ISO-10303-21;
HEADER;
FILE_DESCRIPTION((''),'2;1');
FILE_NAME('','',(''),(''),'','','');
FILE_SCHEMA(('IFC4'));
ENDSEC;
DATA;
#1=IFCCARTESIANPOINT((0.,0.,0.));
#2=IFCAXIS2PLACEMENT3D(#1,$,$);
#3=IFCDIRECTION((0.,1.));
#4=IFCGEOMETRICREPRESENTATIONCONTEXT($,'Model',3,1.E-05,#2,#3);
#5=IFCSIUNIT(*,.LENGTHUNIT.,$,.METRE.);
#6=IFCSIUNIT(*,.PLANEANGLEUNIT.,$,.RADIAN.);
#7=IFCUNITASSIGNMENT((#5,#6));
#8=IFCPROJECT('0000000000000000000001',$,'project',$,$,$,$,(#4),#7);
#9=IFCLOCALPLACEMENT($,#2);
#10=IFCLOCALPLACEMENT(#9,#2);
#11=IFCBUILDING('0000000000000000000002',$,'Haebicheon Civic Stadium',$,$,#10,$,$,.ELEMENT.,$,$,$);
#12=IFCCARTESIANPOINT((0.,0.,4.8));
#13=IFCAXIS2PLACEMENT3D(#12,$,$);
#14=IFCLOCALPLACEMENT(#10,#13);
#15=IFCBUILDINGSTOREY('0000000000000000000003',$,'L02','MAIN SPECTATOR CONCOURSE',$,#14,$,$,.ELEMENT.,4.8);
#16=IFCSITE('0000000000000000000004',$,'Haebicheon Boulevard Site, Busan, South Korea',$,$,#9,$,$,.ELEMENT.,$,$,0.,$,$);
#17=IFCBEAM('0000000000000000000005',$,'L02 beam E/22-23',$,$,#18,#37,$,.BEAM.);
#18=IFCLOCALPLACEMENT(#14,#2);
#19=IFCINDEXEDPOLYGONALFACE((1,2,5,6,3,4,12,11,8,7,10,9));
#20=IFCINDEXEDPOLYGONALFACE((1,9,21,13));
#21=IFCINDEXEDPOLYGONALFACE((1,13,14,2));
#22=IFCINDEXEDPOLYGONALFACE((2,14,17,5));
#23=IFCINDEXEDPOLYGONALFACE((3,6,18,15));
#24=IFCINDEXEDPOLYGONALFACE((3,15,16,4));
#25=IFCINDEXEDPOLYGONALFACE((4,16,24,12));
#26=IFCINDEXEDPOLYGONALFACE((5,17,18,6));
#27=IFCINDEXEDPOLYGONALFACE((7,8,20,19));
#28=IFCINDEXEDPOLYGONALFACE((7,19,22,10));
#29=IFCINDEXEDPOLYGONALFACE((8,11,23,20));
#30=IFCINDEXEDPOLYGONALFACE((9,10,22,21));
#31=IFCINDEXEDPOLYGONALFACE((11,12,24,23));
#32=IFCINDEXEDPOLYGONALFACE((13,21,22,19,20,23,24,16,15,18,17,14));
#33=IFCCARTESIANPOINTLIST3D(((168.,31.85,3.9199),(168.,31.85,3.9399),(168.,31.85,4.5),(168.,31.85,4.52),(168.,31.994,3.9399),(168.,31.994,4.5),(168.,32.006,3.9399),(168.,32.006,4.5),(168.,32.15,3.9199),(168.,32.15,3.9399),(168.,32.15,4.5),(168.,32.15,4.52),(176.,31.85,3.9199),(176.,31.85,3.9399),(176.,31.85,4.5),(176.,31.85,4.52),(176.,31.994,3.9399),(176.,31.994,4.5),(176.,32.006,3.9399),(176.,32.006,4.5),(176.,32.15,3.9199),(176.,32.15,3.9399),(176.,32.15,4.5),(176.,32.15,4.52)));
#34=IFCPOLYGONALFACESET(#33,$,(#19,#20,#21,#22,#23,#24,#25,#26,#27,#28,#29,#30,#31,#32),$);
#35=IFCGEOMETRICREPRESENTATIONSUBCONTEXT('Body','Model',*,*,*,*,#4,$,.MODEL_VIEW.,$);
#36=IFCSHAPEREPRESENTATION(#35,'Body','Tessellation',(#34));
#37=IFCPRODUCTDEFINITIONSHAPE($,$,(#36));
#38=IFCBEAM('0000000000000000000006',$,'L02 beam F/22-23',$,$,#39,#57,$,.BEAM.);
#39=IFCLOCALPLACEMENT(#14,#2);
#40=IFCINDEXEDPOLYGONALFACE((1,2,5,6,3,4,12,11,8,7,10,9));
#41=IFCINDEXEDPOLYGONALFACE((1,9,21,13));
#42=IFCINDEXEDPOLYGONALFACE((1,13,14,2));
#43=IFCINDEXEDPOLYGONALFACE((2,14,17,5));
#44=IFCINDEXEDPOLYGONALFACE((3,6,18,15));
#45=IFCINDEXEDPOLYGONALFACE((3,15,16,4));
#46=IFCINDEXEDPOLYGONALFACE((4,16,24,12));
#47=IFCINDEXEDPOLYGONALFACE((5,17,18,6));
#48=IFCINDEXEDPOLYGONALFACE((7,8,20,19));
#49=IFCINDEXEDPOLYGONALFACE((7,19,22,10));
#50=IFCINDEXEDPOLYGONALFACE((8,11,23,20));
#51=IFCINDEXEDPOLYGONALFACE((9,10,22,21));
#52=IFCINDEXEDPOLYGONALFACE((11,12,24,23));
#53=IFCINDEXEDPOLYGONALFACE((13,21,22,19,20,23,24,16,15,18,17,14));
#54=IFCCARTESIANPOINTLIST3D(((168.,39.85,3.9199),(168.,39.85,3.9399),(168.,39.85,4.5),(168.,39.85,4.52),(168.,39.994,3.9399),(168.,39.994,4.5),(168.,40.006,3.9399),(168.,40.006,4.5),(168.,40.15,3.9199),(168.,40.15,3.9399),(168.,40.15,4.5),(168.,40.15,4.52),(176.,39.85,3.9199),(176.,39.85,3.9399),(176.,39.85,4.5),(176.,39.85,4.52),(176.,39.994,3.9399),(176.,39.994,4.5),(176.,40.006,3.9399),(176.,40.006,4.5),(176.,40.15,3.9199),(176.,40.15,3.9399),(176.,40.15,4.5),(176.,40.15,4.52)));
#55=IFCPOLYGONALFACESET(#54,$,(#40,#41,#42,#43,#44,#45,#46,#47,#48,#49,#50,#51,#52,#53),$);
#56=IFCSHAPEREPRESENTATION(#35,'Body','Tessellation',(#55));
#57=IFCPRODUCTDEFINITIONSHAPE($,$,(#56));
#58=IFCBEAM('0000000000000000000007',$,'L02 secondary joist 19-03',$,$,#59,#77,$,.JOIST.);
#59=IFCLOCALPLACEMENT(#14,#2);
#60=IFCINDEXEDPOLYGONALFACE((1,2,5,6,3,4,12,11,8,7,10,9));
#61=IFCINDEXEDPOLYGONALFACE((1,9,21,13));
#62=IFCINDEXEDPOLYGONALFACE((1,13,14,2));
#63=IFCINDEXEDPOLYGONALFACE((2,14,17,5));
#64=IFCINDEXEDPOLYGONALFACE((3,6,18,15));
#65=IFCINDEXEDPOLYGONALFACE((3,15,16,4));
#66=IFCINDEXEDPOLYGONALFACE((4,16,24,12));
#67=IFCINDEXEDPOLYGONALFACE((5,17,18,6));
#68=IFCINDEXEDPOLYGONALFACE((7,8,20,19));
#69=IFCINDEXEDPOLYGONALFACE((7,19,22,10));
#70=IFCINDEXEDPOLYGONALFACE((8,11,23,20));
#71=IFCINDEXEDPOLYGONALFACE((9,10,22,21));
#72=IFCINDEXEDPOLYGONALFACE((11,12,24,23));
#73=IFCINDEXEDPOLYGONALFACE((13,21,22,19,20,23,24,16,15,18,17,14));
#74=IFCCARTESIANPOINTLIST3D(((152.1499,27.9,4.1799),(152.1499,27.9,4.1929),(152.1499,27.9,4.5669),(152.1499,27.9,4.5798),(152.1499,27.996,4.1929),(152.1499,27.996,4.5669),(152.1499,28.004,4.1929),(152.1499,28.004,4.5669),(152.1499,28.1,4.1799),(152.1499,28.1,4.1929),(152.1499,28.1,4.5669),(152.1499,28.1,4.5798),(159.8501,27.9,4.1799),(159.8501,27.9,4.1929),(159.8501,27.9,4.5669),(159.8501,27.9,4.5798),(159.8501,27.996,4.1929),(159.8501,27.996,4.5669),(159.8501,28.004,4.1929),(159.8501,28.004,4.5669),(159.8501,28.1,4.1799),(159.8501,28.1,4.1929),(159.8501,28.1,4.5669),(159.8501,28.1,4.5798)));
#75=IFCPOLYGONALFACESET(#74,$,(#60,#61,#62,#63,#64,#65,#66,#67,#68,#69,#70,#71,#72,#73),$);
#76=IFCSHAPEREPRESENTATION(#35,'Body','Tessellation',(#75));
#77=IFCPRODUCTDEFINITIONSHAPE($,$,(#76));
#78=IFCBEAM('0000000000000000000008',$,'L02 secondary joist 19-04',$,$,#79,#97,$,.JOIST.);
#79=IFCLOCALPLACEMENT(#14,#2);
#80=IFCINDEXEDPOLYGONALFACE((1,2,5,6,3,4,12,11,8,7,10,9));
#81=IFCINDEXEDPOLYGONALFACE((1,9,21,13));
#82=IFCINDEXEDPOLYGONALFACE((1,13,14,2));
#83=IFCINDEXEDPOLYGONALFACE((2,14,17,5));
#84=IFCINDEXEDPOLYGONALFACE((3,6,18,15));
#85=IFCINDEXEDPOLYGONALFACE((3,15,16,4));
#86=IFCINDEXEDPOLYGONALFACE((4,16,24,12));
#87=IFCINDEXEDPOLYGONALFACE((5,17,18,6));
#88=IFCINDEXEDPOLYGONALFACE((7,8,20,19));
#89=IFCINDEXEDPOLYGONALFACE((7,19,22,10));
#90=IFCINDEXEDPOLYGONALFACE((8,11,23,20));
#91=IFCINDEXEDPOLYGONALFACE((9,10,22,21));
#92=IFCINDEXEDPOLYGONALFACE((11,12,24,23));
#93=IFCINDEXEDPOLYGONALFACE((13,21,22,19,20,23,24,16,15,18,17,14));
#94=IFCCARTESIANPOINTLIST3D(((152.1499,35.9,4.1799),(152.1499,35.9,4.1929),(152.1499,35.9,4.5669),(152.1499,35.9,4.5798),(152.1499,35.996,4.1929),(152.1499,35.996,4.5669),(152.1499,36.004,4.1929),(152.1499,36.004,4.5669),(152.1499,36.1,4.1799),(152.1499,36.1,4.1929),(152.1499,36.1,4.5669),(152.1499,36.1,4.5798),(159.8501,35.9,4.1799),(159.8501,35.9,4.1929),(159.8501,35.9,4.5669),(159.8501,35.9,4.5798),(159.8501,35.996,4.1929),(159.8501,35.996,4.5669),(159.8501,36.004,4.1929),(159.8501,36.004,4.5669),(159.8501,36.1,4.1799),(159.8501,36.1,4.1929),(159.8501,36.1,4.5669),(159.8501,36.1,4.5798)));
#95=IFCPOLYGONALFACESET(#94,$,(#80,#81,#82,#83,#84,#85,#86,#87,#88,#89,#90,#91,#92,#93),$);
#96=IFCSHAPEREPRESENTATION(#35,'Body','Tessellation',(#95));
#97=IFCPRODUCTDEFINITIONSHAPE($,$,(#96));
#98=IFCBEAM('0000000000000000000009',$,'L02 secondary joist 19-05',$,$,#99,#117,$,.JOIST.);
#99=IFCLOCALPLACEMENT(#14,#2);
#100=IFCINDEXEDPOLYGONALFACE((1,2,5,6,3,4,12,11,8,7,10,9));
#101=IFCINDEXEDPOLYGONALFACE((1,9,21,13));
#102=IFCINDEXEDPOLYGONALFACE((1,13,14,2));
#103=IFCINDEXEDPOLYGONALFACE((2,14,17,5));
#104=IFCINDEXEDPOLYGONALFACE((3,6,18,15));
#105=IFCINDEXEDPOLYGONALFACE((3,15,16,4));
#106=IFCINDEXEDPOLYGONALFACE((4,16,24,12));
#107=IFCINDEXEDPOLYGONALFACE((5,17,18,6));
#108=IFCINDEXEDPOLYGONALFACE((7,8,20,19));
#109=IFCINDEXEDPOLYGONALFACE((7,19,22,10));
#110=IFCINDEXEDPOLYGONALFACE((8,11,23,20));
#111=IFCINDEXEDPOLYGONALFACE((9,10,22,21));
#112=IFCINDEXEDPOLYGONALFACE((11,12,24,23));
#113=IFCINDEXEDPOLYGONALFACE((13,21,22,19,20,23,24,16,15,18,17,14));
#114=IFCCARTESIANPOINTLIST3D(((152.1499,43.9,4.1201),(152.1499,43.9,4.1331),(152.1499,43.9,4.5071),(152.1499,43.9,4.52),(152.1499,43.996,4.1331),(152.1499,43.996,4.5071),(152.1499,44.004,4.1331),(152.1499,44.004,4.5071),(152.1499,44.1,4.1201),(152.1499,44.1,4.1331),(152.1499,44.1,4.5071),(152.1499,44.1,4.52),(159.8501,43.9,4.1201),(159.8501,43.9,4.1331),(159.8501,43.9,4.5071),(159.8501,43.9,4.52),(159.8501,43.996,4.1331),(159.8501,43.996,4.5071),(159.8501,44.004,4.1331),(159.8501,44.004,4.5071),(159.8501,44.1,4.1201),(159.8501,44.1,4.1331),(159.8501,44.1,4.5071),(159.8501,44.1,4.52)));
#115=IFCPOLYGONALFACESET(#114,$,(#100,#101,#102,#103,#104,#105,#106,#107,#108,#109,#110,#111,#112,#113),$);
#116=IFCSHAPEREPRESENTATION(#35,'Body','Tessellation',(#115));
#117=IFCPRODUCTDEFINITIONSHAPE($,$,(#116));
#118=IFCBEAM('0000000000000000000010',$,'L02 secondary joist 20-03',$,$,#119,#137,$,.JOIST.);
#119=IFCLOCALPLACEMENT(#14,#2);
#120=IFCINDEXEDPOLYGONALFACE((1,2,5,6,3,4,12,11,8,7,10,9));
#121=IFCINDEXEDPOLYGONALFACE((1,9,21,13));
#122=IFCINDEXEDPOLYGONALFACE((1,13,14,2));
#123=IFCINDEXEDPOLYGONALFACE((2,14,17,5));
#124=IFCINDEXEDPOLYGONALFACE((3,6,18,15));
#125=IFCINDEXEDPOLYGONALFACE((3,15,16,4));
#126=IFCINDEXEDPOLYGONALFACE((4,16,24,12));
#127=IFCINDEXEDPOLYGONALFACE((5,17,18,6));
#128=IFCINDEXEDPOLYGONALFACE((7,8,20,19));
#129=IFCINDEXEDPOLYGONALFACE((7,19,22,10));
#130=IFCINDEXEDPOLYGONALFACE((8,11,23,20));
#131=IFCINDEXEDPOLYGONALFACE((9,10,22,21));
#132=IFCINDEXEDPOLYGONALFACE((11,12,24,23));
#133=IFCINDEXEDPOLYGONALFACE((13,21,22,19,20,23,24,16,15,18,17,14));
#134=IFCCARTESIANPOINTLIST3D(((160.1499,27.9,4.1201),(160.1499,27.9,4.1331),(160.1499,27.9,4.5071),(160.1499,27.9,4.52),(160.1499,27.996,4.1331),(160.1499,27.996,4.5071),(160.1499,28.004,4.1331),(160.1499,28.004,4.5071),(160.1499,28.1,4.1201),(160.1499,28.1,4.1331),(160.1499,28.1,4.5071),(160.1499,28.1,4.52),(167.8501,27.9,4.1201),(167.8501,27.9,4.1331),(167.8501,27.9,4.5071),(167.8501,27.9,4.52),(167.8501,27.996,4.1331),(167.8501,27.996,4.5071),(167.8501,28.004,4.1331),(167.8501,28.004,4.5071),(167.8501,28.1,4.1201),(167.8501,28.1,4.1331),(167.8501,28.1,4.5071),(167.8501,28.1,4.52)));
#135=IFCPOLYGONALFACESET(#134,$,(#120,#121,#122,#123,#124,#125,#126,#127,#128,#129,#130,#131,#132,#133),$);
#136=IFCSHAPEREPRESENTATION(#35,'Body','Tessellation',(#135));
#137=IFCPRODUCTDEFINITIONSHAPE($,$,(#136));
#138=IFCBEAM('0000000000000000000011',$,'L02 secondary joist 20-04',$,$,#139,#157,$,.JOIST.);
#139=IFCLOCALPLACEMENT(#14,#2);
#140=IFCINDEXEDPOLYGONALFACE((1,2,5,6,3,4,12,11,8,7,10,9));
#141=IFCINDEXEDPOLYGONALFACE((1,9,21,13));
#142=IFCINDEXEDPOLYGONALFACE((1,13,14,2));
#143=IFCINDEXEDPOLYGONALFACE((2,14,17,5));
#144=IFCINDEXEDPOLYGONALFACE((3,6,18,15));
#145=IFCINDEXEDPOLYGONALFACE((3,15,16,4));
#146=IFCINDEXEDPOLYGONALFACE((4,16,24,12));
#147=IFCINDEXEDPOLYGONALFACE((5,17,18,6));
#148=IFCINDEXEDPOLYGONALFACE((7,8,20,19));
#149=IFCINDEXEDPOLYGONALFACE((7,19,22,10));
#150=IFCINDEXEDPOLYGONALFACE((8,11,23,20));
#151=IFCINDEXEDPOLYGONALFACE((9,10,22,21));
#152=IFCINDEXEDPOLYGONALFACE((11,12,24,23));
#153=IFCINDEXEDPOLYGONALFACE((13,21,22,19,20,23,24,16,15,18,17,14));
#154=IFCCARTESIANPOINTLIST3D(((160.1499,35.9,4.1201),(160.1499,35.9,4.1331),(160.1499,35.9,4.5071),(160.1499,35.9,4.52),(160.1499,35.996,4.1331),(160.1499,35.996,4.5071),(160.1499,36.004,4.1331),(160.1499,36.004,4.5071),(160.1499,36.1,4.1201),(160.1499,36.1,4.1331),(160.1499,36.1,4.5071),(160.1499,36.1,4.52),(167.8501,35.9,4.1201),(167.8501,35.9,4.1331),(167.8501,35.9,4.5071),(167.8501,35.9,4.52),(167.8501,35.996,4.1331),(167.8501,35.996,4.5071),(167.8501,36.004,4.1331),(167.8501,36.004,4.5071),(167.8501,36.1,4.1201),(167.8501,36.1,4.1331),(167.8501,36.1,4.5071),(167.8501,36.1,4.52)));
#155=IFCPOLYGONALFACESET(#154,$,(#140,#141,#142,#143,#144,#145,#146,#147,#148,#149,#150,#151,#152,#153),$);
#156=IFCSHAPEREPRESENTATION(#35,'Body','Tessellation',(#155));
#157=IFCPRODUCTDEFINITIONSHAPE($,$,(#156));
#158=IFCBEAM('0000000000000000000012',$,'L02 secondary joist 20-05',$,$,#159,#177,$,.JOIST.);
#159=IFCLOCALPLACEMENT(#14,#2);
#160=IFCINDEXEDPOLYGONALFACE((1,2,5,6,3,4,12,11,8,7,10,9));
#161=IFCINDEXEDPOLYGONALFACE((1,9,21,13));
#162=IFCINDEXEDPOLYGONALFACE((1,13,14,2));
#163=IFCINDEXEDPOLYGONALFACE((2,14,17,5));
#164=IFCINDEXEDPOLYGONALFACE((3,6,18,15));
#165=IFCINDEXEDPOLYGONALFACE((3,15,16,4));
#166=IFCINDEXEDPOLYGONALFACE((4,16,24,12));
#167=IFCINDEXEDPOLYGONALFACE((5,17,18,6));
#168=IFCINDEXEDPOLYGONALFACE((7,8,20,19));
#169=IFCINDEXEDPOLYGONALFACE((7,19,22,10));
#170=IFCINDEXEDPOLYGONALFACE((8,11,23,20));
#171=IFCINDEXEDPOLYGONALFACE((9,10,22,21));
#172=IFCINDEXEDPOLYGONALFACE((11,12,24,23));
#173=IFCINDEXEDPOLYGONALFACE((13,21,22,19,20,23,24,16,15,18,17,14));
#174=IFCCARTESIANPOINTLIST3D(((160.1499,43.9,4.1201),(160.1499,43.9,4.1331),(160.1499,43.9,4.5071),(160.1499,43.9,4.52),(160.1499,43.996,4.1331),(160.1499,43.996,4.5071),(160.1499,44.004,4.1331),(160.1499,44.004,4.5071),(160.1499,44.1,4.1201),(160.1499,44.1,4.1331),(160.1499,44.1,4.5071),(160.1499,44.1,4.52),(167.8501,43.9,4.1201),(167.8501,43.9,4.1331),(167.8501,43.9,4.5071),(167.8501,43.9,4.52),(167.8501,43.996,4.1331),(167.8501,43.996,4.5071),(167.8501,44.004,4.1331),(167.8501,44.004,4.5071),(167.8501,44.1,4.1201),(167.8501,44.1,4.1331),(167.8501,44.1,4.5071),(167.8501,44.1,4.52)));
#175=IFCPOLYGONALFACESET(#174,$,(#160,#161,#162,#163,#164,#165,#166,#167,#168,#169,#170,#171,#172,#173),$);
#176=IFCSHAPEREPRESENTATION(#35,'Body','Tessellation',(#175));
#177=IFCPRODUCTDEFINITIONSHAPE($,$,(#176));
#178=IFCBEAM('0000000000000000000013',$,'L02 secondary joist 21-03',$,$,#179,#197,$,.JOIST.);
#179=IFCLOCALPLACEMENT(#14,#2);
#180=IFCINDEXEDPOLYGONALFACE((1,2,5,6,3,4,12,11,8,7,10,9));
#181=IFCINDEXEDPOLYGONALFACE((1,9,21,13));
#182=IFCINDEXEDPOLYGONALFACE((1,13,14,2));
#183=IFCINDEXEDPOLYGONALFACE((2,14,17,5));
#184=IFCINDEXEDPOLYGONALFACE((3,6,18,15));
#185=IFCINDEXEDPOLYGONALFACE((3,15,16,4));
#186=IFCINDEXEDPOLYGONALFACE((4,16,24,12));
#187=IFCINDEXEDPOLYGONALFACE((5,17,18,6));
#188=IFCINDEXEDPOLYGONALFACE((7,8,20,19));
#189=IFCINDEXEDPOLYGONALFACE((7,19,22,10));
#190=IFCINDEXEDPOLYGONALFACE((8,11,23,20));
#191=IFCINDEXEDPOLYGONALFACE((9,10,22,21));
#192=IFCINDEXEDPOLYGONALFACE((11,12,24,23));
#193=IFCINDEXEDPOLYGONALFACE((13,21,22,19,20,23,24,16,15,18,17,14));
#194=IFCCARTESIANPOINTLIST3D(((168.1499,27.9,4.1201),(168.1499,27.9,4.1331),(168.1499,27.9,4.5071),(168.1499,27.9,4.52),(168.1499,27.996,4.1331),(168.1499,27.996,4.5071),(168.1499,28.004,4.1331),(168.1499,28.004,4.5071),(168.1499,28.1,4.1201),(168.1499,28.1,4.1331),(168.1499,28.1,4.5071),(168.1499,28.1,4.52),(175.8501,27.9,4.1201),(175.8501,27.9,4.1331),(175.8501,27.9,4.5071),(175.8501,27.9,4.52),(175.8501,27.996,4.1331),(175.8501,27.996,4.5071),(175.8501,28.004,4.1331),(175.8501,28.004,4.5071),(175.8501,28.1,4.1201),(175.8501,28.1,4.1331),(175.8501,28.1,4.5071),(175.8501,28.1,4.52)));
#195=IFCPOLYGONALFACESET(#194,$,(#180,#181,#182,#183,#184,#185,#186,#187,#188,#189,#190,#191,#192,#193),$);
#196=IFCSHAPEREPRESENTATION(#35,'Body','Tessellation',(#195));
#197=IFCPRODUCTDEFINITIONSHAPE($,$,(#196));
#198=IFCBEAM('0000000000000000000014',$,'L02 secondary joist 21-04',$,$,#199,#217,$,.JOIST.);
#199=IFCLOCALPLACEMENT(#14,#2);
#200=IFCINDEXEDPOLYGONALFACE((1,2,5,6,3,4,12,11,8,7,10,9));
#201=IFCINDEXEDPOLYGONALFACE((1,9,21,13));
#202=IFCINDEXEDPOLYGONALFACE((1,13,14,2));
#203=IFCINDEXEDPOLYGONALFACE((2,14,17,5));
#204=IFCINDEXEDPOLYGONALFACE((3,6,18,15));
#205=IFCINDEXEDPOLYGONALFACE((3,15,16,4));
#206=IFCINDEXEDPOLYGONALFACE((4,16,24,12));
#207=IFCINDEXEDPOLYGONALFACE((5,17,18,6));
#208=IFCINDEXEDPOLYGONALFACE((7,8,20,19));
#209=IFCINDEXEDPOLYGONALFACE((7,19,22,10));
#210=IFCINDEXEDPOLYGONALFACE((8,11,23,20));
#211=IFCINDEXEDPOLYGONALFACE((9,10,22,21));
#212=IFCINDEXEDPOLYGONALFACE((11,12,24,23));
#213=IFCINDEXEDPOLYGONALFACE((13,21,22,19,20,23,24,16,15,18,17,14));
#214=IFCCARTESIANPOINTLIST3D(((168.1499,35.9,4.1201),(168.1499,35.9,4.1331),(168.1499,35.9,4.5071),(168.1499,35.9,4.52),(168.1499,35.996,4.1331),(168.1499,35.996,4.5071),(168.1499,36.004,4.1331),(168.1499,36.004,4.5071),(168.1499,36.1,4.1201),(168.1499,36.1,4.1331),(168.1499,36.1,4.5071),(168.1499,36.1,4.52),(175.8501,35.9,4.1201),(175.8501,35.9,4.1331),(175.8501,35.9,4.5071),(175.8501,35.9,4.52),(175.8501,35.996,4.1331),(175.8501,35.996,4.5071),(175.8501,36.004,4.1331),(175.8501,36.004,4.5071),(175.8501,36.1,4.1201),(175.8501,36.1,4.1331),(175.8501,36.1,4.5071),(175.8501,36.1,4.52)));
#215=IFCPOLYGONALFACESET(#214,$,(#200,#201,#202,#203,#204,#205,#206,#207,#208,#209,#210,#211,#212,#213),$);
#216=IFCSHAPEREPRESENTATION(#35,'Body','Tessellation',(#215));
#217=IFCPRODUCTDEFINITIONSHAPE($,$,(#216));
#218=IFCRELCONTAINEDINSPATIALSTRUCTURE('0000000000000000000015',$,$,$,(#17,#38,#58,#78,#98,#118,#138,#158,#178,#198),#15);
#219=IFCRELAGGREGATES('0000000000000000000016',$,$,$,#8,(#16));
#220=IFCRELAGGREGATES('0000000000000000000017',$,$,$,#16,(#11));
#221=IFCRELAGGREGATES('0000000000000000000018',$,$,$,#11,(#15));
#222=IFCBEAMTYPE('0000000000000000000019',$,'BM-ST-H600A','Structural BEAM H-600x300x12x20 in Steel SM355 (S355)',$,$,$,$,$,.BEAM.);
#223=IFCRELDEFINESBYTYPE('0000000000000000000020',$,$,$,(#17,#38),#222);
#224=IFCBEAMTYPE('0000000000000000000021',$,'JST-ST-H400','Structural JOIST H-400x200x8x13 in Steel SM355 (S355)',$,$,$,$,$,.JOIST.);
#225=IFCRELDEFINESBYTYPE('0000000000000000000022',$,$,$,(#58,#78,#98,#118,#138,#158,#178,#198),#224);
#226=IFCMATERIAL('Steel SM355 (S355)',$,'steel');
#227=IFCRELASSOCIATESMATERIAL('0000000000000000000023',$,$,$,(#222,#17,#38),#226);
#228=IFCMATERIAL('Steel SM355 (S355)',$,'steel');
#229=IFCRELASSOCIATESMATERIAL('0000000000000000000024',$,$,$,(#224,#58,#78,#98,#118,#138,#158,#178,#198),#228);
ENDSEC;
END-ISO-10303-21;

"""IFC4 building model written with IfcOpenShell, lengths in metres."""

from ifc_helpers import new_model, si_unit, direction, frame, origin, origin_2d, place, context, subcontext, project, spatial, i_section, extrude, material, material_profile, profile_set, type_object, element, save


model = new_model("IFC4")

# Units and contexts
model_context = context("Model", 3, precision=1e-05, world=origin(), true_north=direction((0.0, 1.0)))
body_context = subcontext(model_context, "Body", "Model", "MODEL_VIEW")
ifc_project = project(units=[si_unit("LENGTHUNIT", "METRE"), si_unit("PLANEANGLEUNIT", "RADIAN")], contexts=[model_context])

# Site, building, storey
site_placement = place(None, origin())
site = spatial("IfcSite", under=ifc_project, at=site_placement, Name="Haebicheon Boulevard Site, Busan, South Korea", CompositionType="ELEMENT", RefElevation=0.0)
building_placement = place(site_placement, origin())
building = spatial("IfcBuilding", under=site, at=building_placement, Name="Haebicheon Civic Stadium", CompositionType="ELEMENT")
storey_placement = place(building_placement, frame((0.0, 0.0, 4.8)))
storey = spatial("IfcBuildingStorey", under=building, at=storey_placement, Name="L02", Description="MAIN SPECTATOR CONCOURSE", CompositionType="ELEMENT", Elevation=4.8)

# Beams
ifc_material_1 = material(Name="Steel SM355 (S355)", Category="steel")
ifc_material_profile_1 = material_profile(ifc_material_1, i_section(OverallWidth=0.3, OverallDepth=0.6001, WebThickness=0.012, FlangeThickness=0.02, at=origin_2d()), Name="H-600x300x12x20")
ifc_profile_set_1 = profile_set([ifc_material_profile_1], Name="Steel SM355 (S355)")
beam_type_1 = type_object("IfcBeamType", Name="BM-ST-H600A", Description="Structural BEAM H-600x300x12x20 in Steel SM355 (S355)", PredefinedType="BEAM", material=ifc_profile_set_1)
for number, where, z_axis, x_axis, name in (
    (1, (168.0, 32.0, 4.22), (1.0, 0.0, 0.0), (0.0, 1.0, 0.0), "L02 beam E/22-23"),
    (2, (168.0, 40.0, 4.22), (1.0, 0.0, 0.0), (0.0, 1.0, 0.0), "L02 beam F/22-23"),
):
    element("IfcBeam", number, at=place(storey_placement, frame(where, z_axis=z_axis, x_axis=x_axis)), inside=storey, type_object=beam_type_1, material=ifc_profile_set_1, Name=name, PredefinedType="BEAM", context=body_context, shape_type="SweptSolid", body=[
        extrude(i_section(OverallWidth=0.3, OverallDepth=0.6001, WebThickness=0.012, FlangeThickness=0.02, at=origin_2d()), origin(), (0.0, 0.0, 1.0), 8.0),
    ])
ifc_material_2 = material(Name="Steel SM355 (S355)", Category="steel")
ifc_material_profile_2 = material_profile(ifc_material_2, i_section(OverallWidth=0.2, OverallDepth=0.3999, WebThickness=0.0081, FlangeThickness=0.0129, at=origin_2d()), Name="H-400x200x8x13")
ifc_profile_set_2 = profile_set([ifc_material_profile_2], Name="Steel SM355 (S355)")
beam_type_2 = type_object("IfcBeamType", Name="JST-ST-H400", Description="Structural JOIST H-400x200x8x13 in Steel SM355 (S355)", PredefinedType="JOIST", material=ifc_profile_set_2)
for number, where, z_axis, x_axis, name in (
    (3, (152.1499, 28.0, 4.3799), (1.0, 0.0, 0.0), (0.0, 1.0, 0.0), "L02 secondary joist 19-03"),
    (4, (152.1499, 36.0, 4.3799), (1.0, 0.0, 0.0), (0.0, 1.0, 0.0), "L02 secondary joist 19-04"),
    (5, (152.1499, 44.0, 4.3201), (1.0, 0.0, 0.0), (0.0, 1.0, 0.0), "L02 secondary joist 19-05"),
    (6, (160.1499, 28.0, 4.3201), (1.0, 0.0, 0.0), (0.0, 1.0, 0.0), "L02 secondary joist 20-03"),
    (7, (160.1499, 36.0, 4.3201), (1.0, 0.0, 0.0), (0.0, 1.0, 0.0), "L02 secondary joist 20-04"),
    (8, (160.1499, 44.0, 4.3201), (1.0, 0.0, 0.0), (0.0, 1.0, 0.0), "L02 secondary joist 20-05"),
    (9, (168.1499, 28.0, 4.3201), (1.0, 0.0, 0.0), (0.0, 1.0, 0.0), "L02 secondary joist 21-03"),
    (10, (168.1499, 36.0, 4.3201), (1.0, 0.0, 0.0), (0.0, 1.0, 0.0), "L02 secondary joist 21-04"),
):
    element("IfcBeam", number, at=place(storey_placement, frame(where, z_axis=z_axis, x_axis=x_axis)), inside=storey, type_object=beam_type_2, material=ifc_profile_set_2, Name=name, PredefinedType="JOIST", context=body_context, shape_type="SweptSolid", body=[
        extrude(i_section(OverallWidth=0.2, OverallDepth=0.3999, WebThickness=0.0081, FlangeThickness=0.0129, at=origin_2d()), origin(), (0.0, 0.0, 1.0), 7.7002),
    ])

save(model, "model.ifc")
